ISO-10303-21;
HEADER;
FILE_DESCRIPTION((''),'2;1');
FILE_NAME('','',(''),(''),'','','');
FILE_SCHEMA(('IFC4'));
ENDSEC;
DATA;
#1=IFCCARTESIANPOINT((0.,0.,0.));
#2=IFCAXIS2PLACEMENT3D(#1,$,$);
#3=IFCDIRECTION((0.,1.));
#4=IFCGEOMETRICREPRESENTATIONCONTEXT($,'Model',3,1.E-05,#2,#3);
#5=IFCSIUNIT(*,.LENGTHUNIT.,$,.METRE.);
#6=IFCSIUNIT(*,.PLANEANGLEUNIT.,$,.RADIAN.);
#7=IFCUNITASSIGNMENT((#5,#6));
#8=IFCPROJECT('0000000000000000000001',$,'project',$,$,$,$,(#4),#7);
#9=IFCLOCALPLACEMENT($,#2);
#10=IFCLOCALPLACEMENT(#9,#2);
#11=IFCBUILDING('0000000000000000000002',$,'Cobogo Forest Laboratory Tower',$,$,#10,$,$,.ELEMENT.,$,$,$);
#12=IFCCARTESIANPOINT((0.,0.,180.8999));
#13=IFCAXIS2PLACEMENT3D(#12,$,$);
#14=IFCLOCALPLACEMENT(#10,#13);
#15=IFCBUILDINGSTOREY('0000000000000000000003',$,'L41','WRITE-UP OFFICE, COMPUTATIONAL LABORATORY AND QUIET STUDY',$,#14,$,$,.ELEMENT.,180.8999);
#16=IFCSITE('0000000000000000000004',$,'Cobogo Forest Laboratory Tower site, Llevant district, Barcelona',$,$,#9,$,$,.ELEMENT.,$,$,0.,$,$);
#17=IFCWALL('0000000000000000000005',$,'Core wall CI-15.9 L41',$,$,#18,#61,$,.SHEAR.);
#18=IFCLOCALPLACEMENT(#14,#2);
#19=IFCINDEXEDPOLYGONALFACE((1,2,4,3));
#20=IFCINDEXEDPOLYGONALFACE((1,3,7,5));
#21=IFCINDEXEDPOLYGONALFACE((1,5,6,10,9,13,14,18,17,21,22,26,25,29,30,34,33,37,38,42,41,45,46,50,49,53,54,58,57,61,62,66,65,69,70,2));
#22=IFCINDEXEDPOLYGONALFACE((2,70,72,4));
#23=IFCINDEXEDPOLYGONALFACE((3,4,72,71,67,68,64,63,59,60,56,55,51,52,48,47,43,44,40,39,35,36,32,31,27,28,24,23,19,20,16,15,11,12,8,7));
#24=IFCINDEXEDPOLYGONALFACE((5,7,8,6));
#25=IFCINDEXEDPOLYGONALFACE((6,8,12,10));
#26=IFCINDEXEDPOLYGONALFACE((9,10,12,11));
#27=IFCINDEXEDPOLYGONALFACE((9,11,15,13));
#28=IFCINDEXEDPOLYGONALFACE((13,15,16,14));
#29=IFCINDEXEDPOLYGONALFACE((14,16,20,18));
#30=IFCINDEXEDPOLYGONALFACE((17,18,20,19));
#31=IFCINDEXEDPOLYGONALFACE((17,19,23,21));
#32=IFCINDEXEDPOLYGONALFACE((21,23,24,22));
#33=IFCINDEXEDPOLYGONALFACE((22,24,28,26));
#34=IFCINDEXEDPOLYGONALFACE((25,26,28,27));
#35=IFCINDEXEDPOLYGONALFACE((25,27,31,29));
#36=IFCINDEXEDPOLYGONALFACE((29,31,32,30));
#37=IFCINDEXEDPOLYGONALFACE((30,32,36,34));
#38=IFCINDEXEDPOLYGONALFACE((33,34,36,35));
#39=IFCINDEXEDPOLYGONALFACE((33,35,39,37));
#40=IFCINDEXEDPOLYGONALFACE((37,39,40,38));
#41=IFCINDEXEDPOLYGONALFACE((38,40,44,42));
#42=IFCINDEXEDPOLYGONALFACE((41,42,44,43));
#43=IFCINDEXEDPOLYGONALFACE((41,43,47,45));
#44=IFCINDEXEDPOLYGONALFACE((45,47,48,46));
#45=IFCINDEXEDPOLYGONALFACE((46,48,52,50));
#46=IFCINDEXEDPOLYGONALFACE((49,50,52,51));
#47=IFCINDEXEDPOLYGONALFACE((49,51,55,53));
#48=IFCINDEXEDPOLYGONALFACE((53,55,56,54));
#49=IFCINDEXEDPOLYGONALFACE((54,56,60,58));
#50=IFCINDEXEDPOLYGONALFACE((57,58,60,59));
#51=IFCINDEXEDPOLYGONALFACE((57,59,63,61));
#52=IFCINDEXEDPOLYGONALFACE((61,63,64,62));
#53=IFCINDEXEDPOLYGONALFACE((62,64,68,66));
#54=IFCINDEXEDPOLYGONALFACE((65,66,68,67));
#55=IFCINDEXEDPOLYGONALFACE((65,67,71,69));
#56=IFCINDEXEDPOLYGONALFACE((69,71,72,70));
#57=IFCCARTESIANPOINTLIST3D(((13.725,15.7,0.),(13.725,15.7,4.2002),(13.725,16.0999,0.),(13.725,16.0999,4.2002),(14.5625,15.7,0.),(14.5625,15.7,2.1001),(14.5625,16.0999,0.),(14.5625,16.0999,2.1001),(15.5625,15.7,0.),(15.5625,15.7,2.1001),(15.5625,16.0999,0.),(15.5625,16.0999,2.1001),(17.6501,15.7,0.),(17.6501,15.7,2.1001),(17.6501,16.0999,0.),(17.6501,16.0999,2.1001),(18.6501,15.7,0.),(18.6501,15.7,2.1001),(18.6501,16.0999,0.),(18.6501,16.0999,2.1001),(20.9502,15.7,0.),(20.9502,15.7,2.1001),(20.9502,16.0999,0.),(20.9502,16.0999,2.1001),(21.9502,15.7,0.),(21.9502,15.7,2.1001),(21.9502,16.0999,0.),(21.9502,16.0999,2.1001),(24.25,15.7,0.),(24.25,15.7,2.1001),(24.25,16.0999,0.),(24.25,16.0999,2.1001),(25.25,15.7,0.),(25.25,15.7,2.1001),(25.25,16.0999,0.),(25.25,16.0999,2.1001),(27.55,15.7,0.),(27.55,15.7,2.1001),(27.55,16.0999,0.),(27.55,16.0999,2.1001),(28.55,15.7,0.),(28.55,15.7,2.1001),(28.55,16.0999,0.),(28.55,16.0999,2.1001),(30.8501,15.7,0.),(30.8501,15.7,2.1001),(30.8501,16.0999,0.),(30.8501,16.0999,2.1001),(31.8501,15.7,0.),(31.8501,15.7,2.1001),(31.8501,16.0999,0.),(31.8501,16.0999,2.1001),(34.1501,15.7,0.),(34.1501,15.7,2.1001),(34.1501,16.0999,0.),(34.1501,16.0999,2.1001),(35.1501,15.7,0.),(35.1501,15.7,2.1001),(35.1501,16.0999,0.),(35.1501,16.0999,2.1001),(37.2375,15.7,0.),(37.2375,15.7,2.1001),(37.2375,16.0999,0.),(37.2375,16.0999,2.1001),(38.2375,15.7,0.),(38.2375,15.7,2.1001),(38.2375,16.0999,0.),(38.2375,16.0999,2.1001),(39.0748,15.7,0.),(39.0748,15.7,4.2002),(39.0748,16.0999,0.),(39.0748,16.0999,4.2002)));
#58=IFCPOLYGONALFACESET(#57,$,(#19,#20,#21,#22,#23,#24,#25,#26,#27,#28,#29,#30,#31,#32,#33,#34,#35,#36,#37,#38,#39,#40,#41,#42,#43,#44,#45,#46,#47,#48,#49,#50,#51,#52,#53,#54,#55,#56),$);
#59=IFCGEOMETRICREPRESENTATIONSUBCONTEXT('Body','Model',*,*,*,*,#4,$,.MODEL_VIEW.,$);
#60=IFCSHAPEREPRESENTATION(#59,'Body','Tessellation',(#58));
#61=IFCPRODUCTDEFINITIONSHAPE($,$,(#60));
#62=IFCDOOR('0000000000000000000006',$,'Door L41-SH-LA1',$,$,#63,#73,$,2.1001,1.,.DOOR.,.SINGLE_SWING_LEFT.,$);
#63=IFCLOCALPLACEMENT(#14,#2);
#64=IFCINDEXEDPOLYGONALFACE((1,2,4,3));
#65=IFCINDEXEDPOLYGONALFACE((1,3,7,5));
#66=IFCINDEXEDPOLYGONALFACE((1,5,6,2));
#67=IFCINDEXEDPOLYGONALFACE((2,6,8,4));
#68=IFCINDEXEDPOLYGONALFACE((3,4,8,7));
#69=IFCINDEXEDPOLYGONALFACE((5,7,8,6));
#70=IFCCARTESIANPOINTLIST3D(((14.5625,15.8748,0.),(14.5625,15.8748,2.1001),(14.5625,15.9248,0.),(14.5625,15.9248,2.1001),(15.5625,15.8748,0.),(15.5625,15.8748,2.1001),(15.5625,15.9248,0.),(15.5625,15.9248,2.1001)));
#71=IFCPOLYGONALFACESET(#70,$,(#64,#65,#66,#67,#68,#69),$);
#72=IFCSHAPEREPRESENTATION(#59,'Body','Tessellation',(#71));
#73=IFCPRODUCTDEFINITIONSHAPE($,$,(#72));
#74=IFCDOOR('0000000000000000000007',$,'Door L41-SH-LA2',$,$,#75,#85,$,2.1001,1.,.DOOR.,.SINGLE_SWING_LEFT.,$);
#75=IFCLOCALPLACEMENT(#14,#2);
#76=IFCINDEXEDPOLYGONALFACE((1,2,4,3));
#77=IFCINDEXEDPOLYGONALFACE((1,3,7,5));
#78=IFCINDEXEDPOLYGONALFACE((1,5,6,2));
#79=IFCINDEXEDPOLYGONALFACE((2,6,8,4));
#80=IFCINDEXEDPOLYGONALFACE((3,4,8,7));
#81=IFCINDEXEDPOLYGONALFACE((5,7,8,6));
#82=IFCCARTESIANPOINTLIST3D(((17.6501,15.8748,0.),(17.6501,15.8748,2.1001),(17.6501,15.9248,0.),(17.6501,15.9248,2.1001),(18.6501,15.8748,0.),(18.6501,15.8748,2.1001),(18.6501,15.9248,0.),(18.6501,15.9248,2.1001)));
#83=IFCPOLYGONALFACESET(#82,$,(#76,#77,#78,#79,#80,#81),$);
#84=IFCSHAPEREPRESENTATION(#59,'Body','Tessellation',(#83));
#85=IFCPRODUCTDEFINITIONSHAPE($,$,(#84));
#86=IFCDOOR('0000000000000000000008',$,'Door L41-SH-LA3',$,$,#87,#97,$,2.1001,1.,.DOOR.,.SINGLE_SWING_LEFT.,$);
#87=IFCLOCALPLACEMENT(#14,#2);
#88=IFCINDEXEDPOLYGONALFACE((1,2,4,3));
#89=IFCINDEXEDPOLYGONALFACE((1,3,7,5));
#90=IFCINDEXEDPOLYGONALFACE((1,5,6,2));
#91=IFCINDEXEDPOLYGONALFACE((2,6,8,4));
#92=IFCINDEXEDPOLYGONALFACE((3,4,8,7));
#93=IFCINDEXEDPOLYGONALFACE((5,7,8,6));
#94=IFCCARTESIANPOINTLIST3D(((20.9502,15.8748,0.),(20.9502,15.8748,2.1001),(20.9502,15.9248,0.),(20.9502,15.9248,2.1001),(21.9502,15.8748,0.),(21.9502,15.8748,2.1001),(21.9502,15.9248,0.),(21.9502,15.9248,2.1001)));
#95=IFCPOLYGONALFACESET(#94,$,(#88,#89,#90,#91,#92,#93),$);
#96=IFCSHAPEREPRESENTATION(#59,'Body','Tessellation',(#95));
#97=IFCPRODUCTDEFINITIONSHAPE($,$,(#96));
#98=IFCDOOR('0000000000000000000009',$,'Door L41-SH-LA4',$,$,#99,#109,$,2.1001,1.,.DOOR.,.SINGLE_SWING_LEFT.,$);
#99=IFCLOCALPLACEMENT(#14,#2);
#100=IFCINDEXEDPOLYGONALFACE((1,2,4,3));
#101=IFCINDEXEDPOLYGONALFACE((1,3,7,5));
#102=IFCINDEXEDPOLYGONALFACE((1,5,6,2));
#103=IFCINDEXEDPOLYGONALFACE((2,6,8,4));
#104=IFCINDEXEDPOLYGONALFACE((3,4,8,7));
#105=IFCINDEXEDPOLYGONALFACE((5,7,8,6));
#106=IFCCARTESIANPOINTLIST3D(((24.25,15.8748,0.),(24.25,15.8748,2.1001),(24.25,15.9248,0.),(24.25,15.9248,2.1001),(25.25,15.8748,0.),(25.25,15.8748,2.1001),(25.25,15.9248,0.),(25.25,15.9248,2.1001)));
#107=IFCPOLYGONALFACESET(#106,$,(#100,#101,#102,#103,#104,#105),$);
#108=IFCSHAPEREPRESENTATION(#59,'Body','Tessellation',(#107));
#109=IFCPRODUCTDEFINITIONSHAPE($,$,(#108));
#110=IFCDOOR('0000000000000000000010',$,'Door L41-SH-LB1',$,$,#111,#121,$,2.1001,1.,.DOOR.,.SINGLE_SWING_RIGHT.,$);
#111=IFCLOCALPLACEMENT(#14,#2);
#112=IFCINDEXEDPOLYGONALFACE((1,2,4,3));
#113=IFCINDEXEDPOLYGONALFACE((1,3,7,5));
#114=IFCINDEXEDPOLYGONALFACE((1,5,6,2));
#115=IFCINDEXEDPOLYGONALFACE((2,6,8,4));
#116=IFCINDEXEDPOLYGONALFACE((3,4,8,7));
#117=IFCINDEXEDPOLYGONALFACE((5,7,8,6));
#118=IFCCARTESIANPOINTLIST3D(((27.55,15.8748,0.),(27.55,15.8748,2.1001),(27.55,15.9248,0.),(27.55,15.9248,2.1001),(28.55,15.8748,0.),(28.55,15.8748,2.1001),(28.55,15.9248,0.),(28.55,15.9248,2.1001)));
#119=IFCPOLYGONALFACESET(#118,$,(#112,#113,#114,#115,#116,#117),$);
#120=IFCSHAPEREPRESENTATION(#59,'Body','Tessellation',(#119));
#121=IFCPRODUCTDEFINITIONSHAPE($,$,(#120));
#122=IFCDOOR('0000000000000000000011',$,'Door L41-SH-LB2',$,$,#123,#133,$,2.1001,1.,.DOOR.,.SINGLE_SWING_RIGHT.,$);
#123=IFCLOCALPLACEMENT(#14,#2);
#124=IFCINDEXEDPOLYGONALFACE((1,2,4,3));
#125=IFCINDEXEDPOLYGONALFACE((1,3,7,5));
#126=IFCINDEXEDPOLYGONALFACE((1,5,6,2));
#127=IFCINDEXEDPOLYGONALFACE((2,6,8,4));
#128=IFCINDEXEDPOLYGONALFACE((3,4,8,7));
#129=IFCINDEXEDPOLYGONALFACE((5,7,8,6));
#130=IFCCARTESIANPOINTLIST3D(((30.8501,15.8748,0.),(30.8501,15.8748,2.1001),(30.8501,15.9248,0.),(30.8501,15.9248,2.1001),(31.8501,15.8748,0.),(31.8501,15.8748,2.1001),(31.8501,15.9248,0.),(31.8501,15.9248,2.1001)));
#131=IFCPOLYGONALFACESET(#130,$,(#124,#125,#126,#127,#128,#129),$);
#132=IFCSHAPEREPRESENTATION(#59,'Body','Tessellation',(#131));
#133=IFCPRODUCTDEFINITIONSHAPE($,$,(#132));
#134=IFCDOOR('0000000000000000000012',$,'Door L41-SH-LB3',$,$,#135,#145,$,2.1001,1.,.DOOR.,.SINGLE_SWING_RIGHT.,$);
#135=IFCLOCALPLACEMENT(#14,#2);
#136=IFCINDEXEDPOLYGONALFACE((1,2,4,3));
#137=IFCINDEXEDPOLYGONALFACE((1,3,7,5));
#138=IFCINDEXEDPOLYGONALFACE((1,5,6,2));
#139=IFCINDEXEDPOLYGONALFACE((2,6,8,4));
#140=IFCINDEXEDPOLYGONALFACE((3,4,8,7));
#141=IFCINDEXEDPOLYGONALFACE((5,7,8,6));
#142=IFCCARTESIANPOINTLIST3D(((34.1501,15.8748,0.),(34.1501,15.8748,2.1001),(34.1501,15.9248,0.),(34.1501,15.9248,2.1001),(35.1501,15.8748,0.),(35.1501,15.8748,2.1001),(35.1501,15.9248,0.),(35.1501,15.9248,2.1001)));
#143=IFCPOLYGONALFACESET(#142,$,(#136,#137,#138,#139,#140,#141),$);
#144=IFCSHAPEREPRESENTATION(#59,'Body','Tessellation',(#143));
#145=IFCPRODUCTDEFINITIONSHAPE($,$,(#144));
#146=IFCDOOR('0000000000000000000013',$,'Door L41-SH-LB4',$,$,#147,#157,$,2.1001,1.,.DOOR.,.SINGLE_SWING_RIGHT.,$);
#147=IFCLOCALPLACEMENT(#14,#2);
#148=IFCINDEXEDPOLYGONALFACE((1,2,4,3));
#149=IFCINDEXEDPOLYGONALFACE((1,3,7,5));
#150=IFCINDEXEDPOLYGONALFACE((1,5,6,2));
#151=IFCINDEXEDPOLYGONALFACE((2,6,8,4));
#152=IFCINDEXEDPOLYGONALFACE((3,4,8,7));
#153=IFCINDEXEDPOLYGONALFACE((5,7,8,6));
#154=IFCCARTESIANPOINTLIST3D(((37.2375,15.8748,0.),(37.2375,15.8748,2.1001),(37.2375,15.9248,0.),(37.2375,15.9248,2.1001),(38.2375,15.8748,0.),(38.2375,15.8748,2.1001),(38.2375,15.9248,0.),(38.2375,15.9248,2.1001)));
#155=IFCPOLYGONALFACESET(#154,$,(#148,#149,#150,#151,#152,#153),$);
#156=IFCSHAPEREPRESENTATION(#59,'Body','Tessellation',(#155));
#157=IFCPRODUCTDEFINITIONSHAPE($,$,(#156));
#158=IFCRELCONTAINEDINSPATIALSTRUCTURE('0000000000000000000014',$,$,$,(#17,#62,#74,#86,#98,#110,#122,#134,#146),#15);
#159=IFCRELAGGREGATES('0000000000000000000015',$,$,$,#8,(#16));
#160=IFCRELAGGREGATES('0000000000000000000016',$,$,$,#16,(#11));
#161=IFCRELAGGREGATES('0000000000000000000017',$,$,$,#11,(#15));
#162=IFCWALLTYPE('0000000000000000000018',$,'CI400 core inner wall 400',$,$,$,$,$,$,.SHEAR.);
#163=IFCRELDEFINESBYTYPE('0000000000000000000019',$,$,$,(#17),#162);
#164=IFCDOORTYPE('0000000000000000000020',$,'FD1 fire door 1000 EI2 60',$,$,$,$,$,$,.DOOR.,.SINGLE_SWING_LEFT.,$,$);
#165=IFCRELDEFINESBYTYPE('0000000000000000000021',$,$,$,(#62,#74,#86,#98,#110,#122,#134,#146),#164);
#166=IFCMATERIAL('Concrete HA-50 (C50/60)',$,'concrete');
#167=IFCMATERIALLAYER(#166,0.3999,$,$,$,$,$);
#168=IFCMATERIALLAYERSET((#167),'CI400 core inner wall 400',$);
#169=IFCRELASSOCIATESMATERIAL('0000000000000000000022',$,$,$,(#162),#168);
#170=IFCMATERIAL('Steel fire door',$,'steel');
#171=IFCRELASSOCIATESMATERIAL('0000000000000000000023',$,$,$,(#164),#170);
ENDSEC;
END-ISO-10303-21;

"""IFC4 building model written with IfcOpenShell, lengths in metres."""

from ifc_helpers import new_model, si_unit, direction, frame, frame_2d, origin, place, context, subcontext, project, spatial, rectangle, extrude, material, layer, layer_set, type_object, element, fill, save


model = new_model("IFC4")

# Units and contexts
model_context = context("Model", 3, precision=1e-05, world=origin(), true_north=direction((0.0, 1.0)))
body_context = subcontext(model_context, "Body", "Model", "MODEL_VIEW")
ifc_project = project(units=[si_unit("LENGTHUNIT", "METRE"), si_unit("PLANEANGLEUNIT", "RADIAN")], contexts=[model_context])

# Site, building, storey
site_placement = place(None, origin())
site = spatial("IfcSite", under=ifc_project, at=site_placement, Name="Cobogo Forest Laboratory Tower site, Llevant district, Barcelona", CompositionType="ELEMENT", RefElevation=0.0)
building_placement = place(site_placement, origin())
building = spatial("IfcBuilding", under=site, at=building_placement, Name="Cobogo Forest Laboratory Tower", CompositionType="ELEMENT")
storey_placement = place(building_placement, frame((0.0, 0.0, 180.8999)))
storey = spatial("IfcBuildingStorey", under=building, at=storey_placement, Name="L41", Description="WRITE-UP OFFICE, COMPUTATIONAL LABORATORY AND QUIET STUDY", CompositionType="ELEMENT", Elevation=180.8999)

# Shared definitions
ifc_material_1 = material(Name="Concrete HA-50 (C50/60)", Category="concrete")

# Wall, openings, doors
ifc_layer_1 = layer(ifc_material_1, 0.3999)
ifc_layer_set_1 = layer_set([ifc_layer_1], Name="CI400 core inner wall 400")
wall_type_1 = type_object("IfcWallType", Name="CI400 core inner wall 400", PredefinedType="SHEAR", material=ifc_layer_set_1)
wall_1_placement = place(storey_placement, frame((13.7251, 15.8999, 0.0), z_axis=(0.0, 0.0, 1.0), x_axis=(1.0, 0.0, 0.0)))
wall_1 = element("IfcWall", 1, at=wall_1_placement, inside=storey, type_object=wall_type_1, Name="Core wall CI-15.9 L41", PredefinedType="SHEAR", context=body_context, shape_type="SweptSolid", body=[
    extrude(rectangle(XDim=25.3499, YDim=0.3999, at=frame_2d((12.6748, 0.0))), origin(), (0.0, 0.0, 1.0), 4.2002),
])
opening_1_placement = place(wall_1_placement, frame((0.8374, 0.0, 0.0)))
opening_1 = element("IfcOpeningElement", 2, at=opening_1_placement, cuts=wall_1, PredefinedType="OPENING", context=body_context, shape_type="SweptSolid", body=[
    extrude(rectangle(XDim=1.0, YDim=2.1001, at=frame_2d((0.5, 1.05))), frame((0.0, 0.21, 0.0), z_axis=(0.0, -1.0, 0.0), x_axis=(1.0, 0.0, 0.0)), (0.0, 0.0, 1.0), 0.4199),
])
opening_2_placement = place(wall_1_placement, frame((3.925, 0.0, 0.0)))
opening_2 = element("IfcOpeningElement", 3, at=opening_2_placement, cuts=wall_1, PredefinedType="OPENING", context=body_context, shape_type="SweptSolid", body=[
    extrude(rectangle(XDim=1.0, YDim=2.1001, at=frame_2d((0.5, 1.05))), frame((0.0, 0.21, 0.0), z_axis=(0.0, -1.0, 0.0), x_axis=(1.0, 0.0, 0.0)), (0.0, 0.0, 1.0), 0.4199),
])
opening_3_placement = place(wall_1_placement, frame((7.2251, 0.0, 0.0)))
opening_3 = element("IfcOpeningElement", 4, at=opening_3_placement, cuts=wall_1, PredefinedType="OPENING", context=body_context, shape_type="SweptSolid", body=[
    extrude(rectangle(XDim=1.0, YDim=2.1001, at=frame_2d((0.5, 1.05))), frame((0.0, 0.21, 0.0), z_axis=(0.0, -1.0, 0.0), x_axis=(1.0, 0.0, 0.0)), (0.0, 0.0, 1.0), 0.4199),
])
opening_4_placement = place(wall_1_placement, frame((10.5249, 0.0, 0.0)))
opening_4 = element("IfcOpeningElement", 5, at=opening_4_placement, cuts=wall_1, PredefinedType="OPENING", context=body_context, shape_type="SweptSolid", body=[
    extrude(rectangle(XDim=1.0, YDim=2.1001, at=frame_2d((0.5, 1.05))), frame((0.0, 0.21, 0.0), z_axis=(0.0, -1.0, 0.0), x_axis=(1.0, 0.0, 0.0)), (0.0, 0.0, 1.0), 0.4199),
])
opening_5_placement = place(wall_1_placement, frame((13.825, 0.0, 0.0)))
opening_5 = element("IfcOpeningElement", 6, at=opening_5_placement, cuts=wall_1, PredefinedType="OPENING", context=body_context, shape_type="SweptSolid", body=[
    extrude(rectangle(XDim=1.0, YDim=2.1001, at=frame_2d((0.5, 1.05))), frame((0.0, 0.21, 0.0), z_axis=(0.0, -1.0, 0.0), x_axis=(1.0, 0.0, 0.0)), (0.0, 0.0, 1.0), 0.4199),
])
opening_6_placement = place(wall_1_placement, frame((17.125, 0.0, 0.0)))
opening_6 = element("IfcOpeningElement", 7, at=opening_6_placement, cuts=wall_1, PredefinedType="OPENING", context=body_context, shape_type="SweptSolid", body=[
    extrude(rectangle(XDim=1.0, YDim=2.1001, at=frame_2d((0.5, 1.05))), frame((0.0, 0.21, 0.0), z_axis=(0.0, -1.0, 0.0), x_axis=(1.0, 0.0, 0.0)), (0.0, 0.0, 1.0), 0.4199),
])
opening_7_placement = place(wall_1_placement, frame((20.425, 0.0, 0.0)))
opening_7 = element("IfcOpeningElement", 8, at=opening_7_placement, cuts=wall_1, PredefinedType="OPENING", context=body_context, shape_type="SweptSolid", body=[
    extrude(rectangle(XDim=1.0, YDim=2.1001, at=frame_2d((0.5, 1.05))), frame((0.0, 0.21, 0.0), z_axis=(0.0, -1.0, 0.0), x_axis=(1.0, 0.0, 0.0)), (0.0, 0.0, 1.0), 0.4199),
])
opening_8_placement = place(wall_1_placement, frame((23.5125, 0.0, 0.0)))
opening_8 = element("IfcOpeningElement", 9, at=opening_8_placement, cuts=wall_1, PredefinedType="OPENING", context=body_context, shape_type="SweptSolid", body=[
    extrude(rectangle(XDim=1.0, YDim=2.1001, at=frame_2d((0.5, 1.05))), frame((0.0, 0.21, 0.0), z_axis=(0.0, -1.0, 0.0), x_axis=(1.0, 0.0, 0.0)), (0.0, 0.0, 1.0), 0.4199),
])
ifc_material_2 = material(Name="Steel fire door", Category="steel")
door_type = type_object("IfcDoorType", Name="FD1 fire door 1000 EI2 60", OperationType="SINGLE_SWING_LEFT", PredefinedType="DOOR", material=ifc_material_2)
door_1_placement = place(opening_1_placement, origin())
door_1 = element("IfcDoor", 10, at=door_1_placement, inside=storey, type_object=door_type, Name="Door L41-SH-LA1", OperationType="SINGLE_SWING_LEFT", OverallHeight=2.1001, OverallWidth=1.0, PredefinedType="DOOR", context=body_context, shape_type="SweptSolid", body=[
    extrude(rectangle(XDim=1.0, YDim=2.1001, at=frame_2d((0.5, 1.05))), frame((0.0, 0.0249, 0.0), z_axis=(0.0, -1.0, 0.0), x_axis=(1.0, 0.0, 0.0)), (0.0, 0.0, 1.0), 0.05),
])
fill(opening_1, door_1)
door_2_placement = place(opening_2_placement, origin())
door_2 = element("IfcDoor", 11, at=door_2_placement, inside=storey, type_object=door_type, Name="Door L41-SH-LA2", OperationType="SINGLE_SWING_LEFT", OverallHeight=2.1001, OverallWidth=1.0, PredefinedType="DOOR", context=body_context, shape_type="SweptSolid", body=[
    extrude(rectangle(XDim=1.0, YDim=2.1001, at=frame_2d((0.5, 1.05))), frame((0.0, 0.0249, 0.0), z_axis=(0.0, -1.0, 0.0), x_axis=(1.0, 0.0, 0.0)), (0.0, 0.0, 1.0), 0.05),
])
fill(opening_2, door_2)
door_3_placement = place(opening_3_placement, origin())
door_3 = element("IfcDoor", 12, at=door_3_placement, inside=storey, type_object=door_type, Name="Door L41-SH-LA3", OperationType="SINGLE_SWING_LEFT", OverallHeight=2.1001, OverallWidth=1.0, PredefinedType="DOOR", context=body_context, shape_type="SweptSolid", body=[
    extrude(rectangle(XDim=1.0, YDim=2.1001, at=frame_2d((0.5, 1.05))), frame((0.0, 0.0249, 0.0), z_axis=(0.0, -1.0, 0.0), x_axis=(1.0, 0.0, 0.0)), (0.0, 0.0, 1.0), 0.05),
])
fill(opening_3, door_3)
door_4_placement = place(opening_4_placement, origin())
door_4 = element("IfcDoor", 13, at=door_4_placement, inside=storey, type_object=door_type, Name="Door L41-SH-LA4", OperationType="SINGLE_SWING_LEFT", OverallHeight=2.1001, OverallWidth=1.0, PredefinedType="DOOR", context=body_context, shape_type="SweptSolid", body=[
    extrude(rectangle(XDim=1.0, YDim=2.1001, at=frame_2d((0.5, 1.05))), frame((0.0, 0.0249, 0.0), z_axis=(0.0, -1.0, 0.0), x_axis=(1.0, 0.0, 0.0)), (0.0, 0.0, 1.0), 0.05),
])
fill(opening_4, door_4)
door_5_placement = place(opening_5_placement, origin())
door_5 = element("IfcDoor", 14, at=door_5_placement, inside=storey, type_object=door_type, Name="Door L41-SH-LB1", OperationType="SINGLE_SWING_RIGHT", OverallHeight=2.1001, OverallWidth=1.0, PredefinedType="DOOR", context=body_context, shape_type="SweptSolid", body=[
    extrude(rectangle(XDim=1.0, YDim=2.1001, at=frame_2d((0.5, 1.05))), frame((0.0, 0.0249, 0.0), z_axis=(0.0, -1.0, 0.0), x_axis=(1.0, 0.0, 0.0)), (0.0, 0.0, 1.0), 0.05),
])
fill(opening_5, door_5)
door_6_placement = place(opening_6_placement, origin())
door_6 = element("IfcDoor", 15, at=door_6_placement, inside=storey, type_object=door_type, Name="Door L41-SH-LB2", OperationType="SINGLE_SWING_RIGHT", OverallHeight=2.1001, OverallWidth=1.0, PredefinedType="DOOR", context=body_context, shape_type="SweptSolid", body=[
    extrude(rectangle(XDim=1.0, YDim=2.1001, at=frame_2d((0.5, 1.05))), frame((0.0, 0.0249, 0.0), z_axis=(0.0, -1.0, 0.0), x_axis=(1.0, 0.0, 0.0)), (0.0, 0.0, 1.0), 0.05),
])
fill(opening_6, door_6)
door_7_placement = place(opening_7_placement, origin())
door_7 = element("IfcDoor", 16, at=door_7_placement, inside=storey, type_object=door_type, Name="Door L41-SH-LB3", OperationType="SINGLE_SWING_RIGHT", OverallHeight=2.1001, OverallWidth=1.0, PredefinedType="DOOR", context=body_context, shape_type="SweptSolid", body=[
    extrude(rectangle(XDim=1.0, YDim=2.1001, at=frame_2d((0.5, 1.05))), frame((0.0, 0.0249, 0.0), z_axis=(0.0, -1.0, 0.0), x_axis=(1.0, 0.0, 0.0)), (0.0, 0.0, 1.0), 0.05),
])
fill(opening_7, door_7)
door_8_placement = place(opening_8_placement, origin())
door_8 = element("IfcDoor", 17, at=door_8_placement, inside=storey, type_object=door_type, Name="Door L41-SH-LB4", OperationType="SINGLE_SWING_RIGHT", OverallHeight=2.1001, OverallWidth=1.0, PredefinedType="DOOR", context=body_context, shape_type="SweptSolid", body=[
    extrude(rectangle(XDim=1.0, YDim=2.1001, at=frame_2d((0.5, 1.05))), frame((0.0, 0.0249, 0.0), z_axis=(0.0, -1.0, 0.0), x_axis=(1.0, 0.0, 0.0)), (0.0, 0.0, 1.0), 0.05),
])
fill(opening_8, door_8)

save(model, "model.ifc")
